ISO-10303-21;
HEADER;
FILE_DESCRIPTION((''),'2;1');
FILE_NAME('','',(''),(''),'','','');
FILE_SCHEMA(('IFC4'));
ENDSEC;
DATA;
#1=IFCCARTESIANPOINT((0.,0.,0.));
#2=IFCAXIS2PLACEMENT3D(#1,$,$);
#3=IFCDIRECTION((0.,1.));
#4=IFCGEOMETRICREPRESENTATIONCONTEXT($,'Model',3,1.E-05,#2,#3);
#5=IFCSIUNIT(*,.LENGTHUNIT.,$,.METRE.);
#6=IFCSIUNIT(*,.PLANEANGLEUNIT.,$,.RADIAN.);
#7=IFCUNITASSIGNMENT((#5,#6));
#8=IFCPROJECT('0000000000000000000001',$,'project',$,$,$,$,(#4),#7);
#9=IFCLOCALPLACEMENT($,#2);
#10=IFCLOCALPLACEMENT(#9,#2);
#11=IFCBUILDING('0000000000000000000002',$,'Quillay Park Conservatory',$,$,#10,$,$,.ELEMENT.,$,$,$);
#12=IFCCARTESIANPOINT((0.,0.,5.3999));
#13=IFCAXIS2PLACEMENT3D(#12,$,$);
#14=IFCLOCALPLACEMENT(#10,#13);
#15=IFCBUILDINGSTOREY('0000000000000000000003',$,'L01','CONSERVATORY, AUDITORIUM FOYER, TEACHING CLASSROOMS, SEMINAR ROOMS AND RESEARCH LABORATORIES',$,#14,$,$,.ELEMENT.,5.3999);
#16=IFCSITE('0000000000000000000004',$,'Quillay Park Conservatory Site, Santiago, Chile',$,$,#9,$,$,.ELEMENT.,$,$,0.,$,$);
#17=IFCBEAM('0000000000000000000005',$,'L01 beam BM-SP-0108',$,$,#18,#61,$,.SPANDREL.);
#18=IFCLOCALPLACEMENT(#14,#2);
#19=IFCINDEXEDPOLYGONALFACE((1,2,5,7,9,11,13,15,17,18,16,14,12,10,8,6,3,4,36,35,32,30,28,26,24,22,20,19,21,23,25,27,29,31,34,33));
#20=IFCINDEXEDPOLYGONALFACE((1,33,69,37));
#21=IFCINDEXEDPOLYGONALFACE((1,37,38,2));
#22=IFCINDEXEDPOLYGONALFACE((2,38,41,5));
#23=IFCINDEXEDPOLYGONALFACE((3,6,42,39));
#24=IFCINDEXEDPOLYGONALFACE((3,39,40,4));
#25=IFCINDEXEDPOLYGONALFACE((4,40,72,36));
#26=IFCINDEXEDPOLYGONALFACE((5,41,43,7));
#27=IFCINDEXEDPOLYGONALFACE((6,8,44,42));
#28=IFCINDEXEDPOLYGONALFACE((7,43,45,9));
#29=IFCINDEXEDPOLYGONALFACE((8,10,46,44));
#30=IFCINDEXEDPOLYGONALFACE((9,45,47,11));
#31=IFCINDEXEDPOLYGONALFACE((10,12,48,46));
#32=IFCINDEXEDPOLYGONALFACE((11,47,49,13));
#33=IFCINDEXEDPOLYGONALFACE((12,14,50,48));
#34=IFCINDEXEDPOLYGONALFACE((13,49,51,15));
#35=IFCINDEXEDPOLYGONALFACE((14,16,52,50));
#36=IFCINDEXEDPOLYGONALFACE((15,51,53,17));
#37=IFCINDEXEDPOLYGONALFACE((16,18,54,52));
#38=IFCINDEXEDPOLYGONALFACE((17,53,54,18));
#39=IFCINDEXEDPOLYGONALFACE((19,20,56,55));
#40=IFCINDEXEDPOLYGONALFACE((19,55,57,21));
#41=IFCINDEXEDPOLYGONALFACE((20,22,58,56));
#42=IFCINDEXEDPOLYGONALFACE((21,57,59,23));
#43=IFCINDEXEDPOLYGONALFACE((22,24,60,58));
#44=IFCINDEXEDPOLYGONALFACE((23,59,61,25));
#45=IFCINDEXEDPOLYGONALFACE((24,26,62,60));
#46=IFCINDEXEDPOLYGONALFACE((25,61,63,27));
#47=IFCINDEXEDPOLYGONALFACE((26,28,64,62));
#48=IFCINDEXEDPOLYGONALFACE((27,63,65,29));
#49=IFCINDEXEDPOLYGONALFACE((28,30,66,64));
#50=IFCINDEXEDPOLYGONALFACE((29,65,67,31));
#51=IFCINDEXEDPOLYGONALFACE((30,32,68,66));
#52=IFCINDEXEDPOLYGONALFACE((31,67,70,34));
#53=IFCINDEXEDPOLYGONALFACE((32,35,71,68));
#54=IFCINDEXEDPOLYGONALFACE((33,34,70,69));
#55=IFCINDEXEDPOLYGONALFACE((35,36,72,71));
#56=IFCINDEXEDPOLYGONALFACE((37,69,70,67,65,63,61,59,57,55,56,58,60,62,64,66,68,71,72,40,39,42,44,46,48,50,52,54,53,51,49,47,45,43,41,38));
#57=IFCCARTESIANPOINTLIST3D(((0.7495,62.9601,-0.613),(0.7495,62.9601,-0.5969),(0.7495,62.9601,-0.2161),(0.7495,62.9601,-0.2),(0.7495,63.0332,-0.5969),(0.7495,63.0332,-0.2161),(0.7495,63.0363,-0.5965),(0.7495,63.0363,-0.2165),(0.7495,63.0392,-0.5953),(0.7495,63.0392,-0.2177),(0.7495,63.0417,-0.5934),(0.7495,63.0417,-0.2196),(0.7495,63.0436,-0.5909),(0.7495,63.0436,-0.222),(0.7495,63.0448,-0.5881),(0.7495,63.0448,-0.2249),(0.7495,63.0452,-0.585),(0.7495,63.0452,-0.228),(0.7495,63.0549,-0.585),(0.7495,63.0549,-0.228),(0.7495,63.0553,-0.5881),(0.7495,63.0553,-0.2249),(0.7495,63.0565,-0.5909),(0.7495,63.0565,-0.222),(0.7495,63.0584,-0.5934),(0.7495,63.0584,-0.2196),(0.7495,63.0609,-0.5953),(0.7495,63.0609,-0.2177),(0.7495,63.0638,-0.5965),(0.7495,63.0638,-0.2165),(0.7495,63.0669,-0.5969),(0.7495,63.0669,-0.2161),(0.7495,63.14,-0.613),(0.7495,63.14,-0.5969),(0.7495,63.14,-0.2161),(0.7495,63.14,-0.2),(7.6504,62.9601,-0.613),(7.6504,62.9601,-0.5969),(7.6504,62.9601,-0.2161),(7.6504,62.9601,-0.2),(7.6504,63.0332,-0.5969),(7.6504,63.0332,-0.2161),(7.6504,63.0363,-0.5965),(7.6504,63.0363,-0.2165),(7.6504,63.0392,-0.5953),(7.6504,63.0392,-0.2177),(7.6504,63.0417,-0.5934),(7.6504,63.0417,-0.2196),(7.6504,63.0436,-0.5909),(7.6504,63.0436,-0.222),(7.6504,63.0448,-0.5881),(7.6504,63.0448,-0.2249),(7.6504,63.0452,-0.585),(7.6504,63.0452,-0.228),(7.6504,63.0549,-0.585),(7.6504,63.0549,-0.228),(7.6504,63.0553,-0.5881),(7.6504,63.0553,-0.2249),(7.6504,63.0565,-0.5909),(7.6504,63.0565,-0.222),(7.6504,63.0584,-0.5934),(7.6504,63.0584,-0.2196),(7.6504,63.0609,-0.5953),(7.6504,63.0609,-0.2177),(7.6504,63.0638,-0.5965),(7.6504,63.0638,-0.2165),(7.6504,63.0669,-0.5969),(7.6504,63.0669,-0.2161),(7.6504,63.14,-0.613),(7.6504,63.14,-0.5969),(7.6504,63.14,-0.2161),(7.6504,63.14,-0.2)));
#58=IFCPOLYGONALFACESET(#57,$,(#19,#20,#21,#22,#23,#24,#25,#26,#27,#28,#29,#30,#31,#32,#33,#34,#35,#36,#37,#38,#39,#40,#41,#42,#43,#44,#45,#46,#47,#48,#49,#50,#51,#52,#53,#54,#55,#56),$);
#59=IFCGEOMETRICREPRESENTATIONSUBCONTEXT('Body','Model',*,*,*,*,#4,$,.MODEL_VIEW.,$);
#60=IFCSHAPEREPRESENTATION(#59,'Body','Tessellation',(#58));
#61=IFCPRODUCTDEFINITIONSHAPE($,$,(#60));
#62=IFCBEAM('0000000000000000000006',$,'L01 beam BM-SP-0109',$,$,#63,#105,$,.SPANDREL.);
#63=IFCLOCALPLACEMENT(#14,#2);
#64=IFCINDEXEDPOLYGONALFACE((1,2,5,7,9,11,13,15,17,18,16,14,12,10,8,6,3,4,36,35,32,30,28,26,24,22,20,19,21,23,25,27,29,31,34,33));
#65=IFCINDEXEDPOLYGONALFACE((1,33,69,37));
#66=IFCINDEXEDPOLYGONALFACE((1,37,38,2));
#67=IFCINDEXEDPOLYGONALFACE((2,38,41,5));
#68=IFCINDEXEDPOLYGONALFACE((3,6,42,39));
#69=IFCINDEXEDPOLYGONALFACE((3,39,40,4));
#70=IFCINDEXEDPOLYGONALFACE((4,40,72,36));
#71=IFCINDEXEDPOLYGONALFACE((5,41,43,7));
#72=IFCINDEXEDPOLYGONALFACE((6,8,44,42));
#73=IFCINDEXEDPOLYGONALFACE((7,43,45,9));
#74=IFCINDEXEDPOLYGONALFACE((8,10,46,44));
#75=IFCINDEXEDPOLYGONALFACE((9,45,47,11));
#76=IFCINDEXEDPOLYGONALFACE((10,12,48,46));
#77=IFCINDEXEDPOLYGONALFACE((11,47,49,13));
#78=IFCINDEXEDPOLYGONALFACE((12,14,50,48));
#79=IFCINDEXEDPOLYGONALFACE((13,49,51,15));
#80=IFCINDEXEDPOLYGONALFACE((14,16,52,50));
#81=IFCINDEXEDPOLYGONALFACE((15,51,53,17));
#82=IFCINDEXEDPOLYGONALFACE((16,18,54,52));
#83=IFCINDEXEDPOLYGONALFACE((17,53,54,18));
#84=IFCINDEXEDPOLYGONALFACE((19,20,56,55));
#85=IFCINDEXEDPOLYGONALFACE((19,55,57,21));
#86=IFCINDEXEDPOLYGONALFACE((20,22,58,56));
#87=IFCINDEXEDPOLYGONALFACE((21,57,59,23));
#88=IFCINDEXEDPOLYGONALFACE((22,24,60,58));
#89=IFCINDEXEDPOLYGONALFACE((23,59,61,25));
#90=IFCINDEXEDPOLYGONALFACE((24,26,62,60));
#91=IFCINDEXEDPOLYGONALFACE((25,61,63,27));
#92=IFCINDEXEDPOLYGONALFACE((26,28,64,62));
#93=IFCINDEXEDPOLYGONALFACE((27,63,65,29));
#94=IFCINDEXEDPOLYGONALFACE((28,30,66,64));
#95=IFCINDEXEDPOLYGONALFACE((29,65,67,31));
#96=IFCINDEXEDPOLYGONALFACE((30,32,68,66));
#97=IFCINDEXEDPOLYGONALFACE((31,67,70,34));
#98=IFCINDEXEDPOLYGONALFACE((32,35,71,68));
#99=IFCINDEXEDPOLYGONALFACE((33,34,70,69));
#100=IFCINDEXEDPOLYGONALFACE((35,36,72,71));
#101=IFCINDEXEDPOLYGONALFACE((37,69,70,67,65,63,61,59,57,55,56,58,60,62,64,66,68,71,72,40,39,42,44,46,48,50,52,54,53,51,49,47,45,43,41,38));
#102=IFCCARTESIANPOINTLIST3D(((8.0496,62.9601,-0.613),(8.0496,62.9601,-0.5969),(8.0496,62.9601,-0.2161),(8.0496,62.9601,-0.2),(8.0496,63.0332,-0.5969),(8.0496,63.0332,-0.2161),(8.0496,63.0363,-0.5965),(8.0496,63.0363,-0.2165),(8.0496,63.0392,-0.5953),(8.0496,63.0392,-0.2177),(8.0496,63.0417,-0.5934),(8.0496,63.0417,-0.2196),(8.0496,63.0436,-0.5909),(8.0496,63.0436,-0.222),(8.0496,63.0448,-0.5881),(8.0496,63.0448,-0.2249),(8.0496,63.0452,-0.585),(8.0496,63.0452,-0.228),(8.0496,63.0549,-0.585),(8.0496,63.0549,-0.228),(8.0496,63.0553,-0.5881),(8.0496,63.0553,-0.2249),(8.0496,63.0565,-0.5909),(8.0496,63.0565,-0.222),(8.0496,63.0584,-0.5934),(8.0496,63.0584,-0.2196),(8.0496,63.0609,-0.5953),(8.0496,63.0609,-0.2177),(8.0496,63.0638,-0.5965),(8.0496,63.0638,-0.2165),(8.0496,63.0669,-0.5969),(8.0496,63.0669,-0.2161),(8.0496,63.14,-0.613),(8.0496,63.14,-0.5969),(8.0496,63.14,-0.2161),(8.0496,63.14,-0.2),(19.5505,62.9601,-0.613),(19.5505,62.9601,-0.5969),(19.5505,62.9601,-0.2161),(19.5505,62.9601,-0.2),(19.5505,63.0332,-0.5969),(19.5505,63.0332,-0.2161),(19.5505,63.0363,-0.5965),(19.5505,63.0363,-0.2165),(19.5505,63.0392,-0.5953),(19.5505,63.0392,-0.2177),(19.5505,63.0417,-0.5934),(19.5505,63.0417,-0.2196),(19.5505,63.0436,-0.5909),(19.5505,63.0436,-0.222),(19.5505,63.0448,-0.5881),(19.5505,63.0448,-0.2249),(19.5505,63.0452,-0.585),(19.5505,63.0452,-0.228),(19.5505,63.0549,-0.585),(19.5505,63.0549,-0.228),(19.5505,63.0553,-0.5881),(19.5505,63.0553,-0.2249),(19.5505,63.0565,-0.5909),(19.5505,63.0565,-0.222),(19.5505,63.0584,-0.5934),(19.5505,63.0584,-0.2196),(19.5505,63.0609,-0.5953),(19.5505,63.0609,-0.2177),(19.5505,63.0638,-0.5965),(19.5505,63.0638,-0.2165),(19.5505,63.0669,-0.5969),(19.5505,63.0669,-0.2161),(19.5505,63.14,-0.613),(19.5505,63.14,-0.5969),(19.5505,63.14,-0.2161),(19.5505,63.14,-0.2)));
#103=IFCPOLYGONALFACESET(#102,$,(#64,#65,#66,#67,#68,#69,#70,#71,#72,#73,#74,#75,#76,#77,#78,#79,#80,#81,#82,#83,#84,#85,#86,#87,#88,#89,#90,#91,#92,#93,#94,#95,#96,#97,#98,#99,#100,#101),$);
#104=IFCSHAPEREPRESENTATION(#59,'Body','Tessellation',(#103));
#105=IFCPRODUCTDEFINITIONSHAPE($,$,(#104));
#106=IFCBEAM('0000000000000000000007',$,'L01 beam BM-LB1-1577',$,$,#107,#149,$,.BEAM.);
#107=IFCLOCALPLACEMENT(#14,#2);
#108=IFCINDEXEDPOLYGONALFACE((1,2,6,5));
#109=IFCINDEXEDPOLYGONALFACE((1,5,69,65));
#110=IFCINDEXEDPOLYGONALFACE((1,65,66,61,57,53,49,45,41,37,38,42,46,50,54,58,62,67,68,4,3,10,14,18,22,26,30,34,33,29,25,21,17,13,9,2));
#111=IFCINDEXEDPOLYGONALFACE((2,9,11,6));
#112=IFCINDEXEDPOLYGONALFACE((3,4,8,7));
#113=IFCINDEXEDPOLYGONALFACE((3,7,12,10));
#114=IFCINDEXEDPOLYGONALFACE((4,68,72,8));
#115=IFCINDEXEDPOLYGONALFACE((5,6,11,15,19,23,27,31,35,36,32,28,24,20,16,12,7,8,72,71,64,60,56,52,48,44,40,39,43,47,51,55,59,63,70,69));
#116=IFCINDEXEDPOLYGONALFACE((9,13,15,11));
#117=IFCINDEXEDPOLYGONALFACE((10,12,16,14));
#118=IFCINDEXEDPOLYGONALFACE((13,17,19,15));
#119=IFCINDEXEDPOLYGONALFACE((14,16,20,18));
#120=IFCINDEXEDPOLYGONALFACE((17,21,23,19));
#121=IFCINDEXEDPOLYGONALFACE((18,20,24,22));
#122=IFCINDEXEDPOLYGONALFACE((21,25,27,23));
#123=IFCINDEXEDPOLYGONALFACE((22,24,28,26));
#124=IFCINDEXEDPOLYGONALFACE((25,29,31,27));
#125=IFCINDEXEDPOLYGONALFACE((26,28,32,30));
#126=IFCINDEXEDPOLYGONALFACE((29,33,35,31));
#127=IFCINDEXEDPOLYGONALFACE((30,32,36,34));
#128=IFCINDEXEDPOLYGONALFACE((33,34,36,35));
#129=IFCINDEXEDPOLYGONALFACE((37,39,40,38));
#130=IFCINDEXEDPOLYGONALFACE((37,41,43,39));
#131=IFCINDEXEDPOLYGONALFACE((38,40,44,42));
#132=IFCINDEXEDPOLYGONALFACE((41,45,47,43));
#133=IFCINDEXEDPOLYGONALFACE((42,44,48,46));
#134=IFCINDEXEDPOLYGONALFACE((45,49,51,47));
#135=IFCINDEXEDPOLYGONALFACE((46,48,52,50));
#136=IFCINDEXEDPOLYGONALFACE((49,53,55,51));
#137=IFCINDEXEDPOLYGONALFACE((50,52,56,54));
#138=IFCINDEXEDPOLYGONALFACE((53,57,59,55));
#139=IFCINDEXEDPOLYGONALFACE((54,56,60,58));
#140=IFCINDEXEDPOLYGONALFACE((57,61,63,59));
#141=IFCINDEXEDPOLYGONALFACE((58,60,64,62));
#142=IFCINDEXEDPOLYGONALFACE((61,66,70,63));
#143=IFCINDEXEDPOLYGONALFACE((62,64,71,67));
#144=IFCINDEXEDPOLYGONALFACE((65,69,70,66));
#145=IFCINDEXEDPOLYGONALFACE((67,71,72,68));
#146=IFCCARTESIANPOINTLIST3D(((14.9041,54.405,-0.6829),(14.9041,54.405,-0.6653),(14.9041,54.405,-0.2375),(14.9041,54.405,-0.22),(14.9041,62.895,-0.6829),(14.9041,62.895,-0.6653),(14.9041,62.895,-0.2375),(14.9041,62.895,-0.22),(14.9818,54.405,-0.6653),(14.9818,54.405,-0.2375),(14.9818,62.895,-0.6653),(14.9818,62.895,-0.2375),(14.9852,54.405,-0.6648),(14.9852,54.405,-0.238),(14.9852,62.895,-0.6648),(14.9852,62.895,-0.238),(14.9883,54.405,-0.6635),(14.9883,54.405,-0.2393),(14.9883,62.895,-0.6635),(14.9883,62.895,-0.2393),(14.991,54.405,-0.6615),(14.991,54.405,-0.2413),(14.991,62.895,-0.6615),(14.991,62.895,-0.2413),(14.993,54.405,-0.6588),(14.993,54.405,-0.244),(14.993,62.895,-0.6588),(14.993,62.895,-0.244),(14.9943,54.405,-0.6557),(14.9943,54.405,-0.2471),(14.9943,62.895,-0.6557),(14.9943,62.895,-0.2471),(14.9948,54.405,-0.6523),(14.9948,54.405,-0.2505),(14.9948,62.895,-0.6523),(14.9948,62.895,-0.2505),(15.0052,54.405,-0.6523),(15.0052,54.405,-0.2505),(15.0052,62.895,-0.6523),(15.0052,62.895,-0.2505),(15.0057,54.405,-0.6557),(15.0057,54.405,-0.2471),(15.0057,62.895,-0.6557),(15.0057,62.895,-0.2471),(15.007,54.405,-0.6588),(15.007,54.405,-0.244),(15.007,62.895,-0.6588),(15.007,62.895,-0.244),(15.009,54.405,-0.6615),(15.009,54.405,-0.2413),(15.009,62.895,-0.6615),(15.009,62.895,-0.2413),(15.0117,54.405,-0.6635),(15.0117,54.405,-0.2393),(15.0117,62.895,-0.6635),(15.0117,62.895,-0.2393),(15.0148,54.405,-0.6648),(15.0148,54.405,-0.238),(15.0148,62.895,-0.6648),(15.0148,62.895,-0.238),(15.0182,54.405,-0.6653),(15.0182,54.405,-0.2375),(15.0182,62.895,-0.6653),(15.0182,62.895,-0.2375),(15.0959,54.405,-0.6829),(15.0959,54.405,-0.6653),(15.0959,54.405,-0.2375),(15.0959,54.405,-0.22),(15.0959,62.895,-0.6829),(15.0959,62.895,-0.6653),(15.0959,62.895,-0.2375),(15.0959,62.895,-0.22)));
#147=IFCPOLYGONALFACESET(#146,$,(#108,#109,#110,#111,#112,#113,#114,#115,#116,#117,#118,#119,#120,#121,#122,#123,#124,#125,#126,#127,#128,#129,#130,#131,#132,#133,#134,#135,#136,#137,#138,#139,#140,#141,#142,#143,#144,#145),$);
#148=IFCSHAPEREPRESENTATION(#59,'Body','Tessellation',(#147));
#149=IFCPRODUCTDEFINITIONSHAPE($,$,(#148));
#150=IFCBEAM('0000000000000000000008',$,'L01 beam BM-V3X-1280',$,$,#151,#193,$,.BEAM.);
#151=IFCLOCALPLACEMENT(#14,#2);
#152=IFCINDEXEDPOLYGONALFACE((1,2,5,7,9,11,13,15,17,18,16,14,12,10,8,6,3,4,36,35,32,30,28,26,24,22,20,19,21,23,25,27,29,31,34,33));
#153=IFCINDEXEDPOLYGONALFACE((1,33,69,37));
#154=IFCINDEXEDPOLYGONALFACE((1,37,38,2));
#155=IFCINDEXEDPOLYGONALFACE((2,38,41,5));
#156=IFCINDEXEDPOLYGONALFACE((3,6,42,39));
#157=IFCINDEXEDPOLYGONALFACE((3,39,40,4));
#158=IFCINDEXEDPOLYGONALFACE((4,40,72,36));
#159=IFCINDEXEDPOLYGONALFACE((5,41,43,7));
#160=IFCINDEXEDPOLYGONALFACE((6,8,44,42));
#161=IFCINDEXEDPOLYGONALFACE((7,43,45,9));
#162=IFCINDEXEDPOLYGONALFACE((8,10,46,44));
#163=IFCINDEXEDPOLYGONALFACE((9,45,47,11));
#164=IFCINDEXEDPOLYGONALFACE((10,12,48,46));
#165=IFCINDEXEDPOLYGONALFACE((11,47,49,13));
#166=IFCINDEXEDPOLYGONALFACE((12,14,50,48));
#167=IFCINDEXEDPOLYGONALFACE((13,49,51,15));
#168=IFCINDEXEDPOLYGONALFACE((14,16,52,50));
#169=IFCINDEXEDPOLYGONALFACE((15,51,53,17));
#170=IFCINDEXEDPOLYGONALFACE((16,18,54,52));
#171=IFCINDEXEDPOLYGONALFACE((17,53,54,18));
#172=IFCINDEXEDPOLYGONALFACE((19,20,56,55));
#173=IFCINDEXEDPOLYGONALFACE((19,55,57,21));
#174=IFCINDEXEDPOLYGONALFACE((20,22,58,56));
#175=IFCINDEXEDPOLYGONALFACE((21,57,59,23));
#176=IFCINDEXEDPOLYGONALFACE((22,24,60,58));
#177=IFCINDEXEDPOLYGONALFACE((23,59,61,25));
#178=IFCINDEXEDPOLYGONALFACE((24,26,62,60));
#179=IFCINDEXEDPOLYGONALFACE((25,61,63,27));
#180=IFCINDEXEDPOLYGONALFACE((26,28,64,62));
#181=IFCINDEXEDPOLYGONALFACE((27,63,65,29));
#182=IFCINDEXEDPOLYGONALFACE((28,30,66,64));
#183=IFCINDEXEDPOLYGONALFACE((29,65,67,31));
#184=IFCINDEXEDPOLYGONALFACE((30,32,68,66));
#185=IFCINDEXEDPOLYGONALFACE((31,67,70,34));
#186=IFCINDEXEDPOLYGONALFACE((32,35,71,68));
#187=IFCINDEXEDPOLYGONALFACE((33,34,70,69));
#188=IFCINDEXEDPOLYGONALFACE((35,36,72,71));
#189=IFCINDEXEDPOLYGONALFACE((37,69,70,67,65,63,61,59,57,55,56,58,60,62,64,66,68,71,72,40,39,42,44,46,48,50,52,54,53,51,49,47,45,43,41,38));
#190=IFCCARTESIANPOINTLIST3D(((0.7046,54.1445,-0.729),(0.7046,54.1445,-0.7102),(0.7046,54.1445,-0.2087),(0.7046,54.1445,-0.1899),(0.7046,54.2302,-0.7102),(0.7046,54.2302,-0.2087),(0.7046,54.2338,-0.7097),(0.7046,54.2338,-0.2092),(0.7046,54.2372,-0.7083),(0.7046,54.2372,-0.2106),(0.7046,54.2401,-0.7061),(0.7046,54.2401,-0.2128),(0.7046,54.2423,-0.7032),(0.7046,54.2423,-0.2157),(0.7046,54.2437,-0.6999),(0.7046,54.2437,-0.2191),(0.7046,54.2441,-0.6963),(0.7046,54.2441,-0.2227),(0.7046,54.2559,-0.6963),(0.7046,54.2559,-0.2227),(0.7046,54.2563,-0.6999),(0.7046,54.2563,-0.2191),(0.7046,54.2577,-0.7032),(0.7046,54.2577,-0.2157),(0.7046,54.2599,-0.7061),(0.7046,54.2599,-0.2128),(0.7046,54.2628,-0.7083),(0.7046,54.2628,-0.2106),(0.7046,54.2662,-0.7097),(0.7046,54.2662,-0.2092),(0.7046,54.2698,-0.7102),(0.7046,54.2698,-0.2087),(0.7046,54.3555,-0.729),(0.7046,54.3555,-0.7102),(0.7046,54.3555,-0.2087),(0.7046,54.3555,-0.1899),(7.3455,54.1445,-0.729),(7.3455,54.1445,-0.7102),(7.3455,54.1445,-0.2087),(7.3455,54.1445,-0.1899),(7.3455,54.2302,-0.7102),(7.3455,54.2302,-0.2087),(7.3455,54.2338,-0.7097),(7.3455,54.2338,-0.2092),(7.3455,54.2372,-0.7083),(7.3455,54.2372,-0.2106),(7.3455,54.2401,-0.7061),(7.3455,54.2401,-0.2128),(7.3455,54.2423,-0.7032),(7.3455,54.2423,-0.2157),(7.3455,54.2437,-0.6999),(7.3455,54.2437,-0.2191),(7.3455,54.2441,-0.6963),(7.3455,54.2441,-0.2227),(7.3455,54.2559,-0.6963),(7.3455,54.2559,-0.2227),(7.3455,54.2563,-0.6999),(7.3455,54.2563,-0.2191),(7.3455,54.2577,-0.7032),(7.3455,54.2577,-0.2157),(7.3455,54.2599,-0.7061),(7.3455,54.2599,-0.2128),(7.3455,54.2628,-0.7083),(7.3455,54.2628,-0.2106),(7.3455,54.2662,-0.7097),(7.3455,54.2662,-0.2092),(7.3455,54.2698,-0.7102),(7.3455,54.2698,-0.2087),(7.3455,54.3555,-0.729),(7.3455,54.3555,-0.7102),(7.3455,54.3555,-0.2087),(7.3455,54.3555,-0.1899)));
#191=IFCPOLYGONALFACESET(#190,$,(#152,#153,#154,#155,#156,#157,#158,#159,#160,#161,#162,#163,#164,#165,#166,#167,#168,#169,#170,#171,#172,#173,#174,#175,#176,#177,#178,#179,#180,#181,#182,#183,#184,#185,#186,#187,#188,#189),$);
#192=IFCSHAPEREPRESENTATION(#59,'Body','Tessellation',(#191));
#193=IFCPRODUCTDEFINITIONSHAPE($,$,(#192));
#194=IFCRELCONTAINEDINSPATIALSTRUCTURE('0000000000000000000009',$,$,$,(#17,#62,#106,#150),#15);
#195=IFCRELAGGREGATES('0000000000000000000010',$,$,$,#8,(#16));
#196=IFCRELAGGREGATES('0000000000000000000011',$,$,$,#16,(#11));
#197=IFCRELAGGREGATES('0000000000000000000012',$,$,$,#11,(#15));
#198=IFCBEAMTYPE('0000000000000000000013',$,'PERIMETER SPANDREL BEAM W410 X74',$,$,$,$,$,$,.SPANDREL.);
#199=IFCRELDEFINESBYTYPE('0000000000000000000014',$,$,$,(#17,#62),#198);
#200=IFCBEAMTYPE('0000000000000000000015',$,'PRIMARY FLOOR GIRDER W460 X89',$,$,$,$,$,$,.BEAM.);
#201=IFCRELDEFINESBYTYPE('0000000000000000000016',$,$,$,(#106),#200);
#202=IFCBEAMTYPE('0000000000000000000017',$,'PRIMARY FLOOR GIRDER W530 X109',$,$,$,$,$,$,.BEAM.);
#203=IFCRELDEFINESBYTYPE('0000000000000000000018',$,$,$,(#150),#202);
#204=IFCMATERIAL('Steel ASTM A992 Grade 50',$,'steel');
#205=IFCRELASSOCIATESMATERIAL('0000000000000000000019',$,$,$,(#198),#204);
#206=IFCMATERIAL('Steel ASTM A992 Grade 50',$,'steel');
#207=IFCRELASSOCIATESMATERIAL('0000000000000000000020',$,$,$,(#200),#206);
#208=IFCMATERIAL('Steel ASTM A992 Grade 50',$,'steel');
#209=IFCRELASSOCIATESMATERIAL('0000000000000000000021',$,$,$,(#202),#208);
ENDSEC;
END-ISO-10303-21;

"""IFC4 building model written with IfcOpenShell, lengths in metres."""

from ifc_helpers import new_model, si_unit, direction, frame, origin, origin_2d, place, context, subcontext, project, spatial, i_section, extrude, material, material_profile, profile_set, type_object, element, save


model = new_model("IFC4")

# Units and contexts
model_context = context("Model", 3, precision=1e-05, world=origin(), true_north=direction((0.0, 1.0)))
body_context = subcontext(model_context, "Body", "Model", "MODEL_VIEW")
ifc_project = project(units=[si_unit("LENGTHUNIT", "METRE"), si_unit("PLANEANGLEUNIT", "RADIAN")], contexts=[model_context])

# Site, building, storey
site_placement = place(None, origin())
site = spatial("IfcSite", under=ifc_project, at=site_placement, Name="Quillay Park Conservatory Site, Santiago, Chile", CompositionType="ELEMENT", RefElevation=0.0)
building_placement = place(site_placement, origin())
building = spatial("IfcBuilding", under=site, at=building_placement, Name="Quillay Park Conservatory", CompositionType="ELEMENT")
storey_placement = place(building_placement, frame((0.0, 0.0, 5.3999)))
storey = spatial("IfcBuildingStorey", under=building, at=storey_placement, Name="L01", Description="CONSERVATORY, AUDITORIUM FOYER, TEACHING CLASSROOMS, SEMINAR ROOMS AND RESEARCH LABORATORIES", CompositionType="ELEMENT", Elevation=5.3999)

# Beams
ifc_material_1 = material(Name="Steel ASTM A992 Grade 50", Category="steel")
ifc_material_profile_1 = material_profile(ifc_material_1, i_section(OverallWidth=0.1799, OverallDepth=0.4131, WebThickness=0.0098, FlangeThickness=0.0161, FilletRadius=0.012, at=origin_2d()), Name="W410x74")
ifc_profile_set_1 = profile_set([ifc_material_profile_1], Name="Steel ASTM A992 Grade 50")
beam_type_1 = type_object("IfcBeamType", Name="PERIMETER SPANDREL BEAM W410 X74", PredefinedType="SPANDREL", material=ifc_profile_set_1)
beam_1_placement = place(storey_placement, frame((0.7495, 63.05, -0.4065), z_axis=(1.0, 0.0, 0.0), x_axis=(0.0, 1.0, 0.0)))
element("IfcBeam", 1, at=beam_1_placement, inside=storey, type_object=beam_type_1, Name="L01 beam BM-SP-0108", PredefinedType="SPANDREL", context=body_context, shape_type="SweptSolid", body=[
    extrude(i_section(OverallWidth=0.1799, OverallDepth=0.4131, WebThickness=0.0098, FlangeThickness=0.0161, FilletRadius=0.012, at=origin_2d()), origin(), (0.0, 0.0, 1.0), 6.9009),
])
beam_2_placement = place(storey_placement, frame((8.0496, 63.05, -0.4065), z_axis=(1.0, 0.0, 0.0), x_axis=(0.0, 1.0, 0.0)))
element("IfcBeam", 2, at=beam_2_placement, inside=storey, type_object=beam_type_1, Name="L01 beam BM-SP-0109", PredefinedType="SPANDREL", context=body_context, shape_type="SweptSolid", body=[
    extrude(i_section(OverallWidth=0.1799, OverallDepth=0.4131, WebThickness=0.0098, FlangeThickness=0.0161, FilletRadius=0.012, at=origin_2d()), origin(), (0.0, 0.0, 1.0), 11.501),
])
ifc_material_2 = material(Name="Steel ASTM A992 Grade 50", Category="steel")
ifc_material_profile_2 = material_profile(ifc_material_2, i_section(OverallWidth=0.1919, OverallDepth=0.4629, WebThickness=0.0105, FlangeThickness=0.0176, FilletRadius=0.0129, at=origin_2d()), Name="W460x89")
ifc_profile_set_2 = profile_set([ifc_material_profile_2], Name="Steel ASTM A992 Grade 50")
beam_type_2 = type_object("IfcBeamType", Name="PRIMARY FLOOR GIRDER W460 X89", PredefinedType="BEAM", material=ifc_profile_set_2)
beam_3_placement = place(storey_placement, frame((15.0, 54.405, -0.4514), z_axis=(0.0, 1.0, 0.0), x_axis=(-1.0, 0.0, 0.0)))
element("IfcBeam", 3, at=beam_3_placement, inside=storey, type_object=beam_type_2, Name="L01 beam BM-LB1-1577", PredefinedType="BEAM", context=body_context, shape_type="SweptSolid", body=[
    extrude(i_section(OverallWidth=0.1919, OverallDepth=0.4629, WebThickness=0.0105, FlangeThickness=0.0176, FilletRadius=0.0129, at=origin_2d()), origin(), (0.0, 0.0, 1.0), 8.49),
])
ifc_material_3 = material(Name="Steel ASTM A992 Grade 50", Category="steel")
ifc_material_profile_3 = material_profile(ifc_material_3, i_section(OverallWidth=0.2109, OverallDepth=0.5391, WebThickness=0.0117, FlangeThickness=0.0188, FilletRadius=0.0139, at=origin_2d()), Name="W530x109")
ifc_profile_set_3 = profile_set([ifc_material_profile_3], Name="Steel ASTM A992 Grade 50")
beam_type_3 = type_object("IfcBeamType", Name="PRIMARY FLOOR GIRDER W530 X109", PredefinedType="BEAM", material=ifc_profile_set_3)
beam_4_placement = place(storey_placement, frame((0.7046, 54.25, -0.4595), z_axis=(1.0, 0.0, 0.0), x_axis=(0.0, 1.0, 0.0)))
element("IfcBeam", 4, at=beam_4_placement, inside=storey, type_object=beam_type_3, Name="L01 beam BM-V3X-1280", PredefinedType="BEAM", context=body_context, shape_type="SweptSolid", body=[
    extrude(i_section(OverallWidth=0.2109, OverallDepth=0.5391, WebThickness=0.0117, FlangeThickness=0.0188, FilletRadius=0.0139, at=origin_2d()), origin(), (0.0, 0.0, 1.0), 6.6409),
])

save(model, "model.ifc")
